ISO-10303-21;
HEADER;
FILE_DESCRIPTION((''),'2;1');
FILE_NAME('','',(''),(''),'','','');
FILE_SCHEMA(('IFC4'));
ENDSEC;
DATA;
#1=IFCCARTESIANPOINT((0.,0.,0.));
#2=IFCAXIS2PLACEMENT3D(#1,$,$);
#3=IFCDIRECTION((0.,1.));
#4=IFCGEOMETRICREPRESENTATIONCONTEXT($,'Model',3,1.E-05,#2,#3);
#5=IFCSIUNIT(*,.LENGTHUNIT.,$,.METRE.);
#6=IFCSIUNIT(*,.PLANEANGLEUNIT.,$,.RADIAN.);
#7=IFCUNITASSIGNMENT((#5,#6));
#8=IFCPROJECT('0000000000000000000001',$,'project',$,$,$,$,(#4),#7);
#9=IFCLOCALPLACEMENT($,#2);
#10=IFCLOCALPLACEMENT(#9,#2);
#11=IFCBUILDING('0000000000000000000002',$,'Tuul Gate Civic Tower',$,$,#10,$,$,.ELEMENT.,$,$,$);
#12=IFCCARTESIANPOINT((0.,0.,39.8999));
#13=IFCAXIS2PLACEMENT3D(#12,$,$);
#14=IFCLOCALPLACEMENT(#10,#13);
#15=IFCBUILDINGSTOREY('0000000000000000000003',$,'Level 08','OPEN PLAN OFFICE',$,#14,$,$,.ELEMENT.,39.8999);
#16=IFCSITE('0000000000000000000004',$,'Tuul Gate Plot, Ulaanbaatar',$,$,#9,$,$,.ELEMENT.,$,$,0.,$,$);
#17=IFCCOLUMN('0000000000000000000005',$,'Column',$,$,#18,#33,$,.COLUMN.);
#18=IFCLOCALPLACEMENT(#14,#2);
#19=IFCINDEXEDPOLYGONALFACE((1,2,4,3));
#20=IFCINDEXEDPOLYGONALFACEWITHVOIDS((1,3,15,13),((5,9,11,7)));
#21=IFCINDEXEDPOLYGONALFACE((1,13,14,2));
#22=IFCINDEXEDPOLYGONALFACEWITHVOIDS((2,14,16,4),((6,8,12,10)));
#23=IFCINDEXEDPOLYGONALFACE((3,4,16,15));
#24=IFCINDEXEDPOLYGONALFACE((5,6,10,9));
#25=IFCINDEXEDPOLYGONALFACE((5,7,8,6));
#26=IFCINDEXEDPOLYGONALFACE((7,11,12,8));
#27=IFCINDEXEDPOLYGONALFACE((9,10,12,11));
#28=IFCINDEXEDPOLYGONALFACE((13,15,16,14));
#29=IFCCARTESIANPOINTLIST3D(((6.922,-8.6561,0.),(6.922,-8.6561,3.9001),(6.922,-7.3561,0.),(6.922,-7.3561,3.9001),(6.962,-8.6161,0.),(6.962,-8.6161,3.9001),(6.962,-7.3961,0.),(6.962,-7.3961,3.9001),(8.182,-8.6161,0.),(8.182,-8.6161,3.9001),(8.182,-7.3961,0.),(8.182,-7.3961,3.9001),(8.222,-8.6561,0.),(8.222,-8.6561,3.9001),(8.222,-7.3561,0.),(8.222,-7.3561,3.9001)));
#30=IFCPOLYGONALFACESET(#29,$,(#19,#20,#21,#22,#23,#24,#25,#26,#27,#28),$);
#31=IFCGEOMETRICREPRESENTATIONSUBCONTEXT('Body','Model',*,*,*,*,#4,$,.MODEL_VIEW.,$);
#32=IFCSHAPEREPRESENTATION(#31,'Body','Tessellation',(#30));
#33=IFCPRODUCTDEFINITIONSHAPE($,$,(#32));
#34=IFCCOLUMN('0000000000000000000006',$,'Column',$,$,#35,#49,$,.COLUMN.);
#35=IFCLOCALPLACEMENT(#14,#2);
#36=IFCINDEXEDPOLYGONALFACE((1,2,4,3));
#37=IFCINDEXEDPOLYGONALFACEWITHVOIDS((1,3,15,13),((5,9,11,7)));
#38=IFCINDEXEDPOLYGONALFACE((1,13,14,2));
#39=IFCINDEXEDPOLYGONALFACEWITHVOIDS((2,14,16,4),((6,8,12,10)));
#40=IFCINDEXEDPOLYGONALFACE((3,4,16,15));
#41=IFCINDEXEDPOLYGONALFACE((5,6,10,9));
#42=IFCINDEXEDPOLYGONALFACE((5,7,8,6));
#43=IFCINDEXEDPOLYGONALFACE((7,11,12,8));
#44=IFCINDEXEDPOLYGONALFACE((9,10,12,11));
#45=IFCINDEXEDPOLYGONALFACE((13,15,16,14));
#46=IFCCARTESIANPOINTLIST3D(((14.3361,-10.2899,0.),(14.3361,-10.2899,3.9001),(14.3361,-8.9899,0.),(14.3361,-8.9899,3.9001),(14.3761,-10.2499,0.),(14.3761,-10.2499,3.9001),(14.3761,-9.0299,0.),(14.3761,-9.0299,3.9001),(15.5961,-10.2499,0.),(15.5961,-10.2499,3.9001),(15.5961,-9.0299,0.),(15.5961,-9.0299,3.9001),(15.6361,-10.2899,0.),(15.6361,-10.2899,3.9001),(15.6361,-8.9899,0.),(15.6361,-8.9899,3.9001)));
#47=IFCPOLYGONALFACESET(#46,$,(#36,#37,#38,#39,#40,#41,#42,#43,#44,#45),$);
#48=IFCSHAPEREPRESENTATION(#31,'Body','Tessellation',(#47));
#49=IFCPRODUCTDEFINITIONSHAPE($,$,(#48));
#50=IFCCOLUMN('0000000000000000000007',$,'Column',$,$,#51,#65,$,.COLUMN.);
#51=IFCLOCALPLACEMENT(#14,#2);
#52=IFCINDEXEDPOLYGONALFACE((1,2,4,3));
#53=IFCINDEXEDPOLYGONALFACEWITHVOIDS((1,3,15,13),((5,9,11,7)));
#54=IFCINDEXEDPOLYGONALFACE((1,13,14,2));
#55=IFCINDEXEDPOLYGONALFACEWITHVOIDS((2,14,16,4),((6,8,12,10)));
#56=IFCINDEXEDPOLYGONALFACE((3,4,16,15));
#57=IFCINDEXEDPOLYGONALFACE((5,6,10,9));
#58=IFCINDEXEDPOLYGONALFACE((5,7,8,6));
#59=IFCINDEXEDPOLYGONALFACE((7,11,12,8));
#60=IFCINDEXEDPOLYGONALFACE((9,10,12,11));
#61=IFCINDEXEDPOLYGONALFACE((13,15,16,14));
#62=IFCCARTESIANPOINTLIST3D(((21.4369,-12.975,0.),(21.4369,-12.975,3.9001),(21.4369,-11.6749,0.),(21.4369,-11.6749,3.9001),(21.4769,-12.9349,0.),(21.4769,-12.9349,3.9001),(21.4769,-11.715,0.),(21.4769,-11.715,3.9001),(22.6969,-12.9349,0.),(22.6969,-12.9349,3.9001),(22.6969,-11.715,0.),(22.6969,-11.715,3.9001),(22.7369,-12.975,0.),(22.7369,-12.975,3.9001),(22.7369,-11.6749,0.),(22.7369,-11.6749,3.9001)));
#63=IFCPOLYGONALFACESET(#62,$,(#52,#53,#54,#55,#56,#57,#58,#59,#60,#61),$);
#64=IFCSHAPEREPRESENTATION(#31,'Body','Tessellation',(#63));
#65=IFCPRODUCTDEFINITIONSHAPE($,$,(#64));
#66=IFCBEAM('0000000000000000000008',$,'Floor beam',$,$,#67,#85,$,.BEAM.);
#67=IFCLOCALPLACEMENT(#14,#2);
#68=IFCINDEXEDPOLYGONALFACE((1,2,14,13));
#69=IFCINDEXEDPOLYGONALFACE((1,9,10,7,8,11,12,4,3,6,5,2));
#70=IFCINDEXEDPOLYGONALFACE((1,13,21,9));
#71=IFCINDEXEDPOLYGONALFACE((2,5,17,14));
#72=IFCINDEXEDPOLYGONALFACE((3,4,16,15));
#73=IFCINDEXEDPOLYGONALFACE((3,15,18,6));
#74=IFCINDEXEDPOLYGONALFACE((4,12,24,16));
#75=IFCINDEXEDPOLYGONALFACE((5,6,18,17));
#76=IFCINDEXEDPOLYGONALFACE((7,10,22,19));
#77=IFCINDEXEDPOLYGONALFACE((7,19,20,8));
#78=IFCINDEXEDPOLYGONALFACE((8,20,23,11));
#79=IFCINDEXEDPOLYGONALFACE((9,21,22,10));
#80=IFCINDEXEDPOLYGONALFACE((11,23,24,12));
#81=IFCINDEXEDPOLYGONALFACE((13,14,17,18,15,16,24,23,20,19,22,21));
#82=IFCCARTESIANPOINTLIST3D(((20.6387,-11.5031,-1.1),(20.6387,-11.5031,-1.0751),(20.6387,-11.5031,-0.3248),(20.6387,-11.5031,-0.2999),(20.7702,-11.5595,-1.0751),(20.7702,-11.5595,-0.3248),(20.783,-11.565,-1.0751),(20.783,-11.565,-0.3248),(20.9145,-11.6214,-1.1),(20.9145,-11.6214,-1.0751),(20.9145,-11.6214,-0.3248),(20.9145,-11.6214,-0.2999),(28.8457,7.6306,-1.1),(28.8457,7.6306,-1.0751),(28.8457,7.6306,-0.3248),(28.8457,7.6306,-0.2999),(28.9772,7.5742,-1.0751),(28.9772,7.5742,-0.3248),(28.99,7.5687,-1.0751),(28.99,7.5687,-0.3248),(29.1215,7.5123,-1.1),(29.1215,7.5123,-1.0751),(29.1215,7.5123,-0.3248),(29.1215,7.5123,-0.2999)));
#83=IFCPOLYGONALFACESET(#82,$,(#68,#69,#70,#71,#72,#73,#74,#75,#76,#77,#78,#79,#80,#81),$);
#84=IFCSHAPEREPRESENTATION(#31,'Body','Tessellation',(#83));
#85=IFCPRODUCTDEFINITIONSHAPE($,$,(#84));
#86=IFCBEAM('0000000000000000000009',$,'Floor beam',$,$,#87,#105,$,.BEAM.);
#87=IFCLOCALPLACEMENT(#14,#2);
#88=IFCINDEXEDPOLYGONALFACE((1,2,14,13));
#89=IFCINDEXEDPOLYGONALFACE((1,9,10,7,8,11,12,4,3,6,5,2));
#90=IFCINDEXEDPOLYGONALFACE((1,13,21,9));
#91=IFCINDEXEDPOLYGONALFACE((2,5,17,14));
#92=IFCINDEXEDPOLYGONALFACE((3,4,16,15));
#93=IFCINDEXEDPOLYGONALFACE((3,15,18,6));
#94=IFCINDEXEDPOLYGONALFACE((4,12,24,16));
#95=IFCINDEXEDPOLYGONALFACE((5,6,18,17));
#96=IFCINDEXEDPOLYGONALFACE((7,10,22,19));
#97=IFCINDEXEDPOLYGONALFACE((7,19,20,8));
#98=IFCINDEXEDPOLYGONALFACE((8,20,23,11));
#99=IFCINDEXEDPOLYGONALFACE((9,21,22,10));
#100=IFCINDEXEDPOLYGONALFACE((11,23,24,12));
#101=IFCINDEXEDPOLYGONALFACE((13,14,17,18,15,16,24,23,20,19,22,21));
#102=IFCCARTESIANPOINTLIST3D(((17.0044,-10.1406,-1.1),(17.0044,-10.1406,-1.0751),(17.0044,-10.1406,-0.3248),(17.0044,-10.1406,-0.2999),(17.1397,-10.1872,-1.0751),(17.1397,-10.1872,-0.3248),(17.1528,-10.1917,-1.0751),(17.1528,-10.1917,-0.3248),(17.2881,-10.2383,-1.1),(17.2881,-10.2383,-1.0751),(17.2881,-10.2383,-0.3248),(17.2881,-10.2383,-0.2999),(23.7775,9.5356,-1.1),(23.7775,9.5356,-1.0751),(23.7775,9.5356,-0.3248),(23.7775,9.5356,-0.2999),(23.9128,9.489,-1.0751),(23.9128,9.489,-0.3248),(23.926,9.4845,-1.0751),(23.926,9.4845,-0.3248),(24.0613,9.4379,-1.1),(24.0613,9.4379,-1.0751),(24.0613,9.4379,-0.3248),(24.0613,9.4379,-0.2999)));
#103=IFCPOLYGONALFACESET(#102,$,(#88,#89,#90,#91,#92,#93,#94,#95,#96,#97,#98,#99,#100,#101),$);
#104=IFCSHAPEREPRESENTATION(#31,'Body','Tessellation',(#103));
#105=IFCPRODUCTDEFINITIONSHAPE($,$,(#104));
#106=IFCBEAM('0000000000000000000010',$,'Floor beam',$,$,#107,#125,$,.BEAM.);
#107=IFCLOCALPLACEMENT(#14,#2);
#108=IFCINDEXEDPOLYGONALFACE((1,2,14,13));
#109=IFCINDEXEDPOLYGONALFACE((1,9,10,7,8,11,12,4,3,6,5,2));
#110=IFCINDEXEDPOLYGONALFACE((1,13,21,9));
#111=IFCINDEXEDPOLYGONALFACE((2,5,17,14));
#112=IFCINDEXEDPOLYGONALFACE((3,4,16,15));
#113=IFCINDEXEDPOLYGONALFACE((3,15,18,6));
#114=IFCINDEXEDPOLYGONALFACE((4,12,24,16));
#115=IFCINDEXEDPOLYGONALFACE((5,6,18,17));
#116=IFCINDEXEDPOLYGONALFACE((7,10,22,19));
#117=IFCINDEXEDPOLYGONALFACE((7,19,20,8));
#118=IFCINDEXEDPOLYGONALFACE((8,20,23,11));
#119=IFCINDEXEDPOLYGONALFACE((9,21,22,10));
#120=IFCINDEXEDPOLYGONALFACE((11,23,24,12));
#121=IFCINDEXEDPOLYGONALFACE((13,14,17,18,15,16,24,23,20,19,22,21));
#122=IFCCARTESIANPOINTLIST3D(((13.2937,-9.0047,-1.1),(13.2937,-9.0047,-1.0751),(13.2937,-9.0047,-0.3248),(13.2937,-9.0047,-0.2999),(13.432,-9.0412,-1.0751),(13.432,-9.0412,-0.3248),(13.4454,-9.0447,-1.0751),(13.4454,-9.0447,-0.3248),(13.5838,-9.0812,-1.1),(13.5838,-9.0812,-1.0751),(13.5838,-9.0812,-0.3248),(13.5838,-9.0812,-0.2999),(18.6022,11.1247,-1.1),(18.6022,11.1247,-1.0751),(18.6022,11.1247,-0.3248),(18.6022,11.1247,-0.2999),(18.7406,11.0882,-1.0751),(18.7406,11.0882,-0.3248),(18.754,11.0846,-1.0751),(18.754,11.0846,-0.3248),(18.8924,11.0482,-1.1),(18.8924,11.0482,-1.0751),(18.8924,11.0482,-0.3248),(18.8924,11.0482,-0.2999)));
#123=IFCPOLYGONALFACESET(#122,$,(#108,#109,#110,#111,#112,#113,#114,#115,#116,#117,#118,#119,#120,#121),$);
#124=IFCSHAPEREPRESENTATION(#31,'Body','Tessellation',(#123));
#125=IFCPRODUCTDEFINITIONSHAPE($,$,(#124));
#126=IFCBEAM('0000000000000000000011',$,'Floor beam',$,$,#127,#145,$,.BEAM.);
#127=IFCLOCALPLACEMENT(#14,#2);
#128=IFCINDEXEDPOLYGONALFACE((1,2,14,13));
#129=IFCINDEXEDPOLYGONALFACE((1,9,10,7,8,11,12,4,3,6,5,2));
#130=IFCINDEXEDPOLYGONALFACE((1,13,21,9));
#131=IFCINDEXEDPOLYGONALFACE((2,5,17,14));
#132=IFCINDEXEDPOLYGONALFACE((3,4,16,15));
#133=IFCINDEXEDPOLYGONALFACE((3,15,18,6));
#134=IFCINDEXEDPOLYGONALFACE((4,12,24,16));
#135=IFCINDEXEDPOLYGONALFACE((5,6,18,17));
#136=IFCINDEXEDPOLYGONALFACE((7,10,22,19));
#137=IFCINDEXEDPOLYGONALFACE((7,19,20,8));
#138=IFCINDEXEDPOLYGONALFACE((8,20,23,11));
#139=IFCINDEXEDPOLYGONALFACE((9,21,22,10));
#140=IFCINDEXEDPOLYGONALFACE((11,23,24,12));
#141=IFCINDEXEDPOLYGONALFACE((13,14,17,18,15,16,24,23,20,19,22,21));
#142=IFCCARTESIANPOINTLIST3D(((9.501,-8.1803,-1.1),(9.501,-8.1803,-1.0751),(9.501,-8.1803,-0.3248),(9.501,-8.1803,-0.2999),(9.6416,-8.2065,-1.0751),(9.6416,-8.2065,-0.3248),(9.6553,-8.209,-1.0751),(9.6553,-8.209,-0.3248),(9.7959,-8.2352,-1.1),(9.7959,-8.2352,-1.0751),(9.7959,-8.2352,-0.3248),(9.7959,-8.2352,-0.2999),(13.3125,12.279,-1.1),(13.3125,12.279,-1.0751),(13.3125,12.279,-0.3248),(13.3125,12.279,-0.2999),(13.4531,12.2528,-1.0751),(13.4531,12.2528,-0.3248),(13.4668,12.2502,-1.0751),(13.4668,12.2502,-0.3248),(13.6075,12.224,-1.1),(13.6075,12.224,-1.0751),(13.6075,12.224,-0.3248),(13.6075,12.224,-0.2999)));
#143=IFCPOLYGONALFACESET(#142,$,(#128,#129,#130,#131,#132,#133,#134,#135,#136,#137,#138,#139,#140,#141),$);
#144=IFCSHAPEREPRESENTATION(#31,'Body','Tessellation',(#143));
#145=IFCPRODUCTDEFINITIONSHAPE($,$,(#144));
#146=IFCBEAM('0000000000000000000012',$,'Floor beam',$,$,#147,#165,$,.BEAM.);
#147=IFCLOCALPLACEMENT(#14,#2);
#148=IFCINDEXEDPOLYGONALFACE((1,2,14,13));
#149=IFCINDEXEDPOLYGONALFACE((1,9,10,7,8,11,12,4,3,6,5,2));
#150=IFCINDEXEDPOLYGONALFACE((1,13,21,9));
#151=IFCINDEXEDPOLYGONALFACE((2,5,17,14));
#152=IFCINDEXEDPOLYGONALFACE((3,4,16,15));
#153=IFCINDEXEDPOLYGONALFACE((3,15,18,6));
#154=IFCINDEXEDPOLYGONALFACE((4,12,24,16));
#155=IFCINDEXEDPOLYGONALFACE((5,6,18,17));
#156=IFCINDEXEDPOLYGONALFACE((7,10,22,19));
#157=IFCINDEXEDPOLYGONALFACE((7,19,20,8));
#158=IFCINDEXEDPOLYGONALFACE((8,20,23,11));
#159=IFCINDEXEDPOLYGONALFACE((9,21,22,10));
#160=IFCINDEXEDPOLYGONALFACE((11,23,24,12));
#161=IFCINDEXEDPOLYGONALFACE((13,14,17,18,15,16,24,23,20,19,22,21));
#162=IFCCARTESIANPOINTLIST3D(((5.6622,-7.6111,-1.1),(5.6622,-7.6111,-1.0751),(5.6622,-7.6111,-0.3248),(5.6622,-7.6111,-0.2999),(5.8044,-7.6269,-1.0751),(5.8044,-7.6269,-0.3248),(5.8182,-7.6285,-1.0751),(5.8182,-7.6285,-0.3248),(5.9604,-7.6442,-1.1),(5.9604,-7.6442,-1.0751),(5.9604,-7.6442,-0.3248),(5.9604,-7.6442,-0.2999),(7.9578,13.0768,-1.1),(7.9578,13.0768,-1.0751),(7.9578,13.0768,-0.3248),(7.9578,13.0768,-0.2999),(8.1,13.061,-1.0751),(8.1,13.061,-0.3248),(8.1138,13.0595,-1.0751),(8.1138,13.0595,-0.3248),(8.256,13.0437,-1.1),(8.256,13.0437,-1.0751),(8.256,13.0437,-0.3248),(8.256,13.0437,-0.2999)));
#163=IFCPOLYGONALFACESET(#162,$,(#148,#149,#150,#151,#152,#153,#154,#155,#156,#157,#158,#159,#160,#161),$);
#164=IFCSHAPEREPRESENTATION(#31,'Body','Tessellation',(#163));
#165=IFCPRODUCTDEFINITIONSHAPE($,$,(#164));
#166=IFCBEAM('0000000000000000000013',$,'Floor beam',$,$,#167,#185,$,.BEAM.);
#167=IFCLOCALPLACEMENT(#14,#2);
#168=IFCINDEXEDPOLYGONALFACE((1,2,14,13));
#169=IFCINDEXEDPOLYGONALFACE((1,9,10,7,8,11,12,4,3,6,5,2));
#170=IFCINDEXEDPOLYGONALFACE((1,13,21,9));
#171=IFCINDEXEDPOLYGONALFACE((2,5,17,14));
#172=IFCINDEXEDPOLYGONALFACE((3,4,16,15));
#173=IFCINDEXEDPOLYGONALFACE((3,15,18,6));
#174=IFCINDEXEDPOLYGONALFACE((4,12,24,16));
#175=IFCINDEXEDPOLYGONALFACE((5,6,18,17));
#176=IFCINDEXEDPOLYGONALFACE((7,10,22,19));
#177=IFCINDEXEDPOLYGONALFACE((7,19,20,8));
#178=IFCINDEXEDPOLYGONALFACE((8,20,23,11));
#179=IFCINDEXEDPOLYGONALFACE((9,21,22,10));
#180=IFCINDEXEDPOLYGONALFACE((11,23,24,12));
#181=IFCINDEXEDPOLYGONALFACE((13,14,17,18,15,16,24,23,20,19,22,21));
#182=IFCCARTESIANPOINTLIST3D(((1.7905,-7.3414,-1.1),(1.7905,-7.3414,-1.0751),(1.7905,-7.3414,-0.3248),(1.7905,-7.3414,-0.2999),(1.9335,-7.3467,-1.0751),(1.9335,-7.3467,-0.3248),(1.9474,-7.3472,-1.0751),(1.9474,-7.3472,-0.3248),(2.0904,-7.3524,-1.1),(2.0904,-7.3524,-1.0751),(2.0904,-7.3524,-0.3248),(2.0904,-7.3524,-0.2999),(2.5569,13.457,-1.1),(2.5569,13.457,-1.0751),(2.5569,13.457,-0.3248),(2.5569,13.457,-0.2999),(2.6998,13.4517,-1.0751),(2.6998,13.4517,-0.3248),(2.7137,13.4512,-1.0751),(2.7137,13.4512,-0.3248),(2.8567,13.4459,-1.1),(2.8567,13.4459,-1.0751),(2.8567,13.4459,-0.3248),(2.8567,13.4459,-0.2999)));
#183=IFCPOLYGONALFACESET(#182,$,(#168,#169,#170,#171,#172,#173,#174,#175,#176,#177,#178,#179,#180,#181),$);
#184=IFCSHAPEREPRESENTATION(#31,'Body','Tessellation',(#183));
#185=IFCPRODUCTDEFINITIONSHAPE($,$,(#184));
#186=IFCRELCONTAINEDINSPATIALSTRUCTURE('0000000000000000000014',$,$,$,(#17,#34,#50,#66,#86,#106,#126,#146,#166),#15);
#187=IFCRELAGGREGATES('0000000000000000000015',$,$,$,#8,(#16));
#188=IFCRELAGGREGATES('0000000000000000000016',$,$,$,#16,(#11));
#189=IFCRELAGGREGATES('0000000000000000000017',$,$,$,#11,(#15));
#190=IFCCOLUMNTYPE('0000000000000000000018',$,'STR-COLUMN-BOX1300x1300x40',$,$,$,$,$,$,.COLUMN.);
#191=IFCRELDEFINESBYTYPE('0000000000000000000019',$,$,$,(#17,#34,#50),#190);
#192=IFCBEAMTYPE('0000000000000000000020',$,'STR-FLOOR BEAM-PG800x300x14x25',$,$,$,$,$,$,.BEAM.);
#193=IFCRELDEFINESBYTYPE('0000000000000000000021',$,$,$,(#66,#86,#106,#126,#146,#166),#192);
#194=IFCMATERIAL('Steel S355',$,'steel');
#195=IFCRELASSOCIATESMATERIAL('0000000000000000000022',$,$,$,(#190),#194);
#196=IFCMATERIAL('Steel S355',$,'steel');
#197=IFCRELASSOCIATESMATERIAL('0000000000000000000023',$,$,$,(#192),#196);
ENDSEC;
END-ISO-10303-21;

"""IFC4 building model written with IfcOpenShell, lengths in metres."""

from ifc_helpers import new_model, si_unit, direction, frame, origin, origin_2d, place, context, subcontext, project, spatial, hollow_rectangle, i_section, extrude, material, material_profile, profile_set, type_object, element, save


model = new_model("IFC4")

# Units and contexts
model_context = context("Model", 3, precision=1e-05, world=origin(), true_north=direction((0.0, 1.0)))
body_context = subcontext(model_context, "Body", "Model", "MODEL_VIEW")
ifc_project = project(units=[si_unit("LENGTHUNIT", "METRE"), si_unit("PLANEANGLEUNIT", "RADIAN")], contexts=[model_context])

# Site, building, storey
site_placement = place(None, origin())
site = spatial("IfcSite", under=ifc_project, at=site_placement, Name="Tuul Gate Plot, Ulaanbaatar", CompositionType="ELEMENT", RefElevation=0.0)
building_placement = place(site_placement, origin())
building = spatial("IfcBuilding", under=site, at=building_placement, Name="Tuul Gate Civic Tower", CompositionType="ELEMENT")
storey_placement = place(building_placement, frame((0.0, 0.0, 39.8999)))
storey = spatial("IfcBuildingStorey", under=building, at=storey_placement, Name="Level 08", Description="OPEN PLAN OFFICE", CompositionType="ELEMENT", Elevation=39.8999)

# Columns
ifc_material_1 = material(Name="Steel S355", Category="steel")
ifc_material_profile_1 = material_profile(ifc_material_1, hollow_rectangle(XDim=1.3, YDim=1.3, WallThickness=0.04, at=origin_2d()), Name="BOX1300x1300x40")
ifc_profile_set_1 = profile_set([ifc_material_profile_1], Name="Steel S355")
column_type = type_object("IfcColumnType", Name="STR-COLUMN-BOX1300x1300x40", PredefinedType="COLUMN", material=ifc_profile_set_1)
for number, where, z_axis, x_axis, name in (
    (1, (7.572, -8.0061, 0.0), (0.0, 0.0, 1.0), (1.0, 0.0, 0.0), "Column"),
    (2, (14.9861, -9.6399, 0.0), (0.0, 0.0, 1.0), (1.0, 0.0, 0.0), "Column"),
    (3, (22.0869, -12.325, 0.0), (0.0, 0.0, 1.0), (1.0, 0.0, 0.0), "Column"),
):
    element("IfcColumn", number, at=place(storey_placement, frame(where, z_axis=z_axis, x_axis=x_axis)), inside=storey, type_object=column_type, Name=name, PredefinedType="COLUMN", context=body_context, shape_type="SweptSolid", body=[
        extrude(hollow_rectangle(XDim=1.3, YDim=1.3, WallThickness=0.04, at=origin_2d()), origin(), (0.0, 0.0, 1.0), 3.9001),
    ])

# Beams
ifc_material_2 = material(Name="Steel S355", Category="steel")
ifc_material_profile_2 = material_profile(ifc_material_2, i_section(OverallWidth=0.3, OverallDepth=0.8, WebThickness=0.0139, FlangeThickness=0.0249, at=origin_2d()), Name="PG800x300x14x25")
ifc_profile_set_2 = profile_set([ifc_material_profile_2], Name="Steel S355")
beam_type_1 = type_object("IfcBeamType", Name="STR-FLOOR BEAM-PG800x300x14x25", PredefinedType="BEAM", material=ifc_profile_set_2)
beam_1_placement = place(storey_placement, frame((20.7766, -11.5623, -0.7), z_axis=(0.394197, 0.919026, 0.0), x_axis=(-0.919026, 0.394197, 0.0)))
element("IfcBeam", 4, at=beam_1_placement, inside=storey, type_object=beam_type_1, Name="Floor beam", PredefinedType="BEAM", context=body_context, shape_type="SweptSolid", body=[
    extrude(i_section(OverallWidth=0.3, OverallDepth=0.8, WebThickness=0.0139, FlangeThickness=0.0249, at=origin_2d()), origin(), (0.0, 0.0, 1.0), 20.8196),
])
beam_2_placement = place(storey_placement, frame((17.1462, -10.1895, -0.7), z_axis=(0.325487, 0.945547, 0.0), x_axis=(-0.945547, 0.325487, 0.0)))
element("IfcBeam", 5, at=beam_2_placement, inside=storey, type_object=beam_type_1, Name="Floor beam", PredefinedType="BEAM", context=body_context, shape_type="SweptSolid", body=[
    extrude(i_section(OverallWidth=0.3, OverallDepth=0.8, WebThickness=0.0139, FlangeThickness=0.0249, at=origin_2d()), origin(), (0.0, 0.0, 1.0), 20.8093),
])
beam_3_placement = place(storey_placement, frame((13.4387, -9.043, -0.7), z_axis=(0.255005, 0.96694, 0.0), x_axis=(-0.96694, 0.255005, 0.0)))
element("IfcBeam", 6, at=beam_3_placement, inside=storey, type_object=beam_type_1, Name="Floor beam", PredefinedType="BEAM", context=body_context, shape_type="SweptSolid", body=[
    extrude(i_section(OverallWidth=0.3, OverallDepth=0.8, WebThickness=0.0139, FlangeThickness=0.0249, at=origin_2d()), origin(), (0.0, 0.0, 1.0), 20.8176),
])
beam_4_placement = place(storey_placement, frame((9.6484, -8.2078, -0.7), z_axis=(0.183147, 0.983085, 0.0), x_axis=(-0.983085, 0.183147, 0.0)))
element("IfcBeam", 7, at=beam_4_placement, inside=storey, type_object=beam_type_1, Name="Floor beam", PredefinedType="BEAM", context=body_context, shape_type="SweptSolid", body=[
    extrude(i_section(OverallWidth=0.3, OverallDepth=0.8, WebThickness=0.0139, FlangeThickness=0.0249, at=origin_2d()), origin(), (0.0, 0.0, 1.0), 20.8113),
])
beam_5_placement = place(storey_placement, frame((5.8113, -7.6277, -0.7), z_axis=(0.110289, 0.9939, 0.0), x_axis=(-0.9939, 0.110289, 0.0)))
element("IfcBeam", 8, at=beam_5_placement, inside=storey, type_object=beam_type_1, Name="Floor beam", PredefinedType="BEAM", context=body_context, shape_type="SweptSolid", body=[
    extrude(i_section(OverallWidth=0.3, OverallDepth=0.8, WebThickness=0.0139, FlangeThickness=0.0249, at=origin_2d()), origin(), (0.0, 0.0, 1.0), 20.8149),
])
beam_6_placement = place(storey_placement, frame((1.9404, -7.3469, -0.7), z_axis=(0.036822, 0.999322, 0.0), x_axis=(-0.999322, 0.036822, 0.0)))
element("IfcBeam", 9, at=beam_6_placement, inside=storey, type_object=beam_type_1, Name="Floor beam", PredefinedType="BEAM", context=body_context, shape_type="SweptSolid", body=[
    extrude(i_section(OverallWidth=0.3, OverallDepth=0.8, WebThickness=0.0139, FlangeThickness=0.0249, at=origin_2d()), origin(), (0.0, 0.0, 1.0), 20.8125),
])

save(model, "model.ifc")
